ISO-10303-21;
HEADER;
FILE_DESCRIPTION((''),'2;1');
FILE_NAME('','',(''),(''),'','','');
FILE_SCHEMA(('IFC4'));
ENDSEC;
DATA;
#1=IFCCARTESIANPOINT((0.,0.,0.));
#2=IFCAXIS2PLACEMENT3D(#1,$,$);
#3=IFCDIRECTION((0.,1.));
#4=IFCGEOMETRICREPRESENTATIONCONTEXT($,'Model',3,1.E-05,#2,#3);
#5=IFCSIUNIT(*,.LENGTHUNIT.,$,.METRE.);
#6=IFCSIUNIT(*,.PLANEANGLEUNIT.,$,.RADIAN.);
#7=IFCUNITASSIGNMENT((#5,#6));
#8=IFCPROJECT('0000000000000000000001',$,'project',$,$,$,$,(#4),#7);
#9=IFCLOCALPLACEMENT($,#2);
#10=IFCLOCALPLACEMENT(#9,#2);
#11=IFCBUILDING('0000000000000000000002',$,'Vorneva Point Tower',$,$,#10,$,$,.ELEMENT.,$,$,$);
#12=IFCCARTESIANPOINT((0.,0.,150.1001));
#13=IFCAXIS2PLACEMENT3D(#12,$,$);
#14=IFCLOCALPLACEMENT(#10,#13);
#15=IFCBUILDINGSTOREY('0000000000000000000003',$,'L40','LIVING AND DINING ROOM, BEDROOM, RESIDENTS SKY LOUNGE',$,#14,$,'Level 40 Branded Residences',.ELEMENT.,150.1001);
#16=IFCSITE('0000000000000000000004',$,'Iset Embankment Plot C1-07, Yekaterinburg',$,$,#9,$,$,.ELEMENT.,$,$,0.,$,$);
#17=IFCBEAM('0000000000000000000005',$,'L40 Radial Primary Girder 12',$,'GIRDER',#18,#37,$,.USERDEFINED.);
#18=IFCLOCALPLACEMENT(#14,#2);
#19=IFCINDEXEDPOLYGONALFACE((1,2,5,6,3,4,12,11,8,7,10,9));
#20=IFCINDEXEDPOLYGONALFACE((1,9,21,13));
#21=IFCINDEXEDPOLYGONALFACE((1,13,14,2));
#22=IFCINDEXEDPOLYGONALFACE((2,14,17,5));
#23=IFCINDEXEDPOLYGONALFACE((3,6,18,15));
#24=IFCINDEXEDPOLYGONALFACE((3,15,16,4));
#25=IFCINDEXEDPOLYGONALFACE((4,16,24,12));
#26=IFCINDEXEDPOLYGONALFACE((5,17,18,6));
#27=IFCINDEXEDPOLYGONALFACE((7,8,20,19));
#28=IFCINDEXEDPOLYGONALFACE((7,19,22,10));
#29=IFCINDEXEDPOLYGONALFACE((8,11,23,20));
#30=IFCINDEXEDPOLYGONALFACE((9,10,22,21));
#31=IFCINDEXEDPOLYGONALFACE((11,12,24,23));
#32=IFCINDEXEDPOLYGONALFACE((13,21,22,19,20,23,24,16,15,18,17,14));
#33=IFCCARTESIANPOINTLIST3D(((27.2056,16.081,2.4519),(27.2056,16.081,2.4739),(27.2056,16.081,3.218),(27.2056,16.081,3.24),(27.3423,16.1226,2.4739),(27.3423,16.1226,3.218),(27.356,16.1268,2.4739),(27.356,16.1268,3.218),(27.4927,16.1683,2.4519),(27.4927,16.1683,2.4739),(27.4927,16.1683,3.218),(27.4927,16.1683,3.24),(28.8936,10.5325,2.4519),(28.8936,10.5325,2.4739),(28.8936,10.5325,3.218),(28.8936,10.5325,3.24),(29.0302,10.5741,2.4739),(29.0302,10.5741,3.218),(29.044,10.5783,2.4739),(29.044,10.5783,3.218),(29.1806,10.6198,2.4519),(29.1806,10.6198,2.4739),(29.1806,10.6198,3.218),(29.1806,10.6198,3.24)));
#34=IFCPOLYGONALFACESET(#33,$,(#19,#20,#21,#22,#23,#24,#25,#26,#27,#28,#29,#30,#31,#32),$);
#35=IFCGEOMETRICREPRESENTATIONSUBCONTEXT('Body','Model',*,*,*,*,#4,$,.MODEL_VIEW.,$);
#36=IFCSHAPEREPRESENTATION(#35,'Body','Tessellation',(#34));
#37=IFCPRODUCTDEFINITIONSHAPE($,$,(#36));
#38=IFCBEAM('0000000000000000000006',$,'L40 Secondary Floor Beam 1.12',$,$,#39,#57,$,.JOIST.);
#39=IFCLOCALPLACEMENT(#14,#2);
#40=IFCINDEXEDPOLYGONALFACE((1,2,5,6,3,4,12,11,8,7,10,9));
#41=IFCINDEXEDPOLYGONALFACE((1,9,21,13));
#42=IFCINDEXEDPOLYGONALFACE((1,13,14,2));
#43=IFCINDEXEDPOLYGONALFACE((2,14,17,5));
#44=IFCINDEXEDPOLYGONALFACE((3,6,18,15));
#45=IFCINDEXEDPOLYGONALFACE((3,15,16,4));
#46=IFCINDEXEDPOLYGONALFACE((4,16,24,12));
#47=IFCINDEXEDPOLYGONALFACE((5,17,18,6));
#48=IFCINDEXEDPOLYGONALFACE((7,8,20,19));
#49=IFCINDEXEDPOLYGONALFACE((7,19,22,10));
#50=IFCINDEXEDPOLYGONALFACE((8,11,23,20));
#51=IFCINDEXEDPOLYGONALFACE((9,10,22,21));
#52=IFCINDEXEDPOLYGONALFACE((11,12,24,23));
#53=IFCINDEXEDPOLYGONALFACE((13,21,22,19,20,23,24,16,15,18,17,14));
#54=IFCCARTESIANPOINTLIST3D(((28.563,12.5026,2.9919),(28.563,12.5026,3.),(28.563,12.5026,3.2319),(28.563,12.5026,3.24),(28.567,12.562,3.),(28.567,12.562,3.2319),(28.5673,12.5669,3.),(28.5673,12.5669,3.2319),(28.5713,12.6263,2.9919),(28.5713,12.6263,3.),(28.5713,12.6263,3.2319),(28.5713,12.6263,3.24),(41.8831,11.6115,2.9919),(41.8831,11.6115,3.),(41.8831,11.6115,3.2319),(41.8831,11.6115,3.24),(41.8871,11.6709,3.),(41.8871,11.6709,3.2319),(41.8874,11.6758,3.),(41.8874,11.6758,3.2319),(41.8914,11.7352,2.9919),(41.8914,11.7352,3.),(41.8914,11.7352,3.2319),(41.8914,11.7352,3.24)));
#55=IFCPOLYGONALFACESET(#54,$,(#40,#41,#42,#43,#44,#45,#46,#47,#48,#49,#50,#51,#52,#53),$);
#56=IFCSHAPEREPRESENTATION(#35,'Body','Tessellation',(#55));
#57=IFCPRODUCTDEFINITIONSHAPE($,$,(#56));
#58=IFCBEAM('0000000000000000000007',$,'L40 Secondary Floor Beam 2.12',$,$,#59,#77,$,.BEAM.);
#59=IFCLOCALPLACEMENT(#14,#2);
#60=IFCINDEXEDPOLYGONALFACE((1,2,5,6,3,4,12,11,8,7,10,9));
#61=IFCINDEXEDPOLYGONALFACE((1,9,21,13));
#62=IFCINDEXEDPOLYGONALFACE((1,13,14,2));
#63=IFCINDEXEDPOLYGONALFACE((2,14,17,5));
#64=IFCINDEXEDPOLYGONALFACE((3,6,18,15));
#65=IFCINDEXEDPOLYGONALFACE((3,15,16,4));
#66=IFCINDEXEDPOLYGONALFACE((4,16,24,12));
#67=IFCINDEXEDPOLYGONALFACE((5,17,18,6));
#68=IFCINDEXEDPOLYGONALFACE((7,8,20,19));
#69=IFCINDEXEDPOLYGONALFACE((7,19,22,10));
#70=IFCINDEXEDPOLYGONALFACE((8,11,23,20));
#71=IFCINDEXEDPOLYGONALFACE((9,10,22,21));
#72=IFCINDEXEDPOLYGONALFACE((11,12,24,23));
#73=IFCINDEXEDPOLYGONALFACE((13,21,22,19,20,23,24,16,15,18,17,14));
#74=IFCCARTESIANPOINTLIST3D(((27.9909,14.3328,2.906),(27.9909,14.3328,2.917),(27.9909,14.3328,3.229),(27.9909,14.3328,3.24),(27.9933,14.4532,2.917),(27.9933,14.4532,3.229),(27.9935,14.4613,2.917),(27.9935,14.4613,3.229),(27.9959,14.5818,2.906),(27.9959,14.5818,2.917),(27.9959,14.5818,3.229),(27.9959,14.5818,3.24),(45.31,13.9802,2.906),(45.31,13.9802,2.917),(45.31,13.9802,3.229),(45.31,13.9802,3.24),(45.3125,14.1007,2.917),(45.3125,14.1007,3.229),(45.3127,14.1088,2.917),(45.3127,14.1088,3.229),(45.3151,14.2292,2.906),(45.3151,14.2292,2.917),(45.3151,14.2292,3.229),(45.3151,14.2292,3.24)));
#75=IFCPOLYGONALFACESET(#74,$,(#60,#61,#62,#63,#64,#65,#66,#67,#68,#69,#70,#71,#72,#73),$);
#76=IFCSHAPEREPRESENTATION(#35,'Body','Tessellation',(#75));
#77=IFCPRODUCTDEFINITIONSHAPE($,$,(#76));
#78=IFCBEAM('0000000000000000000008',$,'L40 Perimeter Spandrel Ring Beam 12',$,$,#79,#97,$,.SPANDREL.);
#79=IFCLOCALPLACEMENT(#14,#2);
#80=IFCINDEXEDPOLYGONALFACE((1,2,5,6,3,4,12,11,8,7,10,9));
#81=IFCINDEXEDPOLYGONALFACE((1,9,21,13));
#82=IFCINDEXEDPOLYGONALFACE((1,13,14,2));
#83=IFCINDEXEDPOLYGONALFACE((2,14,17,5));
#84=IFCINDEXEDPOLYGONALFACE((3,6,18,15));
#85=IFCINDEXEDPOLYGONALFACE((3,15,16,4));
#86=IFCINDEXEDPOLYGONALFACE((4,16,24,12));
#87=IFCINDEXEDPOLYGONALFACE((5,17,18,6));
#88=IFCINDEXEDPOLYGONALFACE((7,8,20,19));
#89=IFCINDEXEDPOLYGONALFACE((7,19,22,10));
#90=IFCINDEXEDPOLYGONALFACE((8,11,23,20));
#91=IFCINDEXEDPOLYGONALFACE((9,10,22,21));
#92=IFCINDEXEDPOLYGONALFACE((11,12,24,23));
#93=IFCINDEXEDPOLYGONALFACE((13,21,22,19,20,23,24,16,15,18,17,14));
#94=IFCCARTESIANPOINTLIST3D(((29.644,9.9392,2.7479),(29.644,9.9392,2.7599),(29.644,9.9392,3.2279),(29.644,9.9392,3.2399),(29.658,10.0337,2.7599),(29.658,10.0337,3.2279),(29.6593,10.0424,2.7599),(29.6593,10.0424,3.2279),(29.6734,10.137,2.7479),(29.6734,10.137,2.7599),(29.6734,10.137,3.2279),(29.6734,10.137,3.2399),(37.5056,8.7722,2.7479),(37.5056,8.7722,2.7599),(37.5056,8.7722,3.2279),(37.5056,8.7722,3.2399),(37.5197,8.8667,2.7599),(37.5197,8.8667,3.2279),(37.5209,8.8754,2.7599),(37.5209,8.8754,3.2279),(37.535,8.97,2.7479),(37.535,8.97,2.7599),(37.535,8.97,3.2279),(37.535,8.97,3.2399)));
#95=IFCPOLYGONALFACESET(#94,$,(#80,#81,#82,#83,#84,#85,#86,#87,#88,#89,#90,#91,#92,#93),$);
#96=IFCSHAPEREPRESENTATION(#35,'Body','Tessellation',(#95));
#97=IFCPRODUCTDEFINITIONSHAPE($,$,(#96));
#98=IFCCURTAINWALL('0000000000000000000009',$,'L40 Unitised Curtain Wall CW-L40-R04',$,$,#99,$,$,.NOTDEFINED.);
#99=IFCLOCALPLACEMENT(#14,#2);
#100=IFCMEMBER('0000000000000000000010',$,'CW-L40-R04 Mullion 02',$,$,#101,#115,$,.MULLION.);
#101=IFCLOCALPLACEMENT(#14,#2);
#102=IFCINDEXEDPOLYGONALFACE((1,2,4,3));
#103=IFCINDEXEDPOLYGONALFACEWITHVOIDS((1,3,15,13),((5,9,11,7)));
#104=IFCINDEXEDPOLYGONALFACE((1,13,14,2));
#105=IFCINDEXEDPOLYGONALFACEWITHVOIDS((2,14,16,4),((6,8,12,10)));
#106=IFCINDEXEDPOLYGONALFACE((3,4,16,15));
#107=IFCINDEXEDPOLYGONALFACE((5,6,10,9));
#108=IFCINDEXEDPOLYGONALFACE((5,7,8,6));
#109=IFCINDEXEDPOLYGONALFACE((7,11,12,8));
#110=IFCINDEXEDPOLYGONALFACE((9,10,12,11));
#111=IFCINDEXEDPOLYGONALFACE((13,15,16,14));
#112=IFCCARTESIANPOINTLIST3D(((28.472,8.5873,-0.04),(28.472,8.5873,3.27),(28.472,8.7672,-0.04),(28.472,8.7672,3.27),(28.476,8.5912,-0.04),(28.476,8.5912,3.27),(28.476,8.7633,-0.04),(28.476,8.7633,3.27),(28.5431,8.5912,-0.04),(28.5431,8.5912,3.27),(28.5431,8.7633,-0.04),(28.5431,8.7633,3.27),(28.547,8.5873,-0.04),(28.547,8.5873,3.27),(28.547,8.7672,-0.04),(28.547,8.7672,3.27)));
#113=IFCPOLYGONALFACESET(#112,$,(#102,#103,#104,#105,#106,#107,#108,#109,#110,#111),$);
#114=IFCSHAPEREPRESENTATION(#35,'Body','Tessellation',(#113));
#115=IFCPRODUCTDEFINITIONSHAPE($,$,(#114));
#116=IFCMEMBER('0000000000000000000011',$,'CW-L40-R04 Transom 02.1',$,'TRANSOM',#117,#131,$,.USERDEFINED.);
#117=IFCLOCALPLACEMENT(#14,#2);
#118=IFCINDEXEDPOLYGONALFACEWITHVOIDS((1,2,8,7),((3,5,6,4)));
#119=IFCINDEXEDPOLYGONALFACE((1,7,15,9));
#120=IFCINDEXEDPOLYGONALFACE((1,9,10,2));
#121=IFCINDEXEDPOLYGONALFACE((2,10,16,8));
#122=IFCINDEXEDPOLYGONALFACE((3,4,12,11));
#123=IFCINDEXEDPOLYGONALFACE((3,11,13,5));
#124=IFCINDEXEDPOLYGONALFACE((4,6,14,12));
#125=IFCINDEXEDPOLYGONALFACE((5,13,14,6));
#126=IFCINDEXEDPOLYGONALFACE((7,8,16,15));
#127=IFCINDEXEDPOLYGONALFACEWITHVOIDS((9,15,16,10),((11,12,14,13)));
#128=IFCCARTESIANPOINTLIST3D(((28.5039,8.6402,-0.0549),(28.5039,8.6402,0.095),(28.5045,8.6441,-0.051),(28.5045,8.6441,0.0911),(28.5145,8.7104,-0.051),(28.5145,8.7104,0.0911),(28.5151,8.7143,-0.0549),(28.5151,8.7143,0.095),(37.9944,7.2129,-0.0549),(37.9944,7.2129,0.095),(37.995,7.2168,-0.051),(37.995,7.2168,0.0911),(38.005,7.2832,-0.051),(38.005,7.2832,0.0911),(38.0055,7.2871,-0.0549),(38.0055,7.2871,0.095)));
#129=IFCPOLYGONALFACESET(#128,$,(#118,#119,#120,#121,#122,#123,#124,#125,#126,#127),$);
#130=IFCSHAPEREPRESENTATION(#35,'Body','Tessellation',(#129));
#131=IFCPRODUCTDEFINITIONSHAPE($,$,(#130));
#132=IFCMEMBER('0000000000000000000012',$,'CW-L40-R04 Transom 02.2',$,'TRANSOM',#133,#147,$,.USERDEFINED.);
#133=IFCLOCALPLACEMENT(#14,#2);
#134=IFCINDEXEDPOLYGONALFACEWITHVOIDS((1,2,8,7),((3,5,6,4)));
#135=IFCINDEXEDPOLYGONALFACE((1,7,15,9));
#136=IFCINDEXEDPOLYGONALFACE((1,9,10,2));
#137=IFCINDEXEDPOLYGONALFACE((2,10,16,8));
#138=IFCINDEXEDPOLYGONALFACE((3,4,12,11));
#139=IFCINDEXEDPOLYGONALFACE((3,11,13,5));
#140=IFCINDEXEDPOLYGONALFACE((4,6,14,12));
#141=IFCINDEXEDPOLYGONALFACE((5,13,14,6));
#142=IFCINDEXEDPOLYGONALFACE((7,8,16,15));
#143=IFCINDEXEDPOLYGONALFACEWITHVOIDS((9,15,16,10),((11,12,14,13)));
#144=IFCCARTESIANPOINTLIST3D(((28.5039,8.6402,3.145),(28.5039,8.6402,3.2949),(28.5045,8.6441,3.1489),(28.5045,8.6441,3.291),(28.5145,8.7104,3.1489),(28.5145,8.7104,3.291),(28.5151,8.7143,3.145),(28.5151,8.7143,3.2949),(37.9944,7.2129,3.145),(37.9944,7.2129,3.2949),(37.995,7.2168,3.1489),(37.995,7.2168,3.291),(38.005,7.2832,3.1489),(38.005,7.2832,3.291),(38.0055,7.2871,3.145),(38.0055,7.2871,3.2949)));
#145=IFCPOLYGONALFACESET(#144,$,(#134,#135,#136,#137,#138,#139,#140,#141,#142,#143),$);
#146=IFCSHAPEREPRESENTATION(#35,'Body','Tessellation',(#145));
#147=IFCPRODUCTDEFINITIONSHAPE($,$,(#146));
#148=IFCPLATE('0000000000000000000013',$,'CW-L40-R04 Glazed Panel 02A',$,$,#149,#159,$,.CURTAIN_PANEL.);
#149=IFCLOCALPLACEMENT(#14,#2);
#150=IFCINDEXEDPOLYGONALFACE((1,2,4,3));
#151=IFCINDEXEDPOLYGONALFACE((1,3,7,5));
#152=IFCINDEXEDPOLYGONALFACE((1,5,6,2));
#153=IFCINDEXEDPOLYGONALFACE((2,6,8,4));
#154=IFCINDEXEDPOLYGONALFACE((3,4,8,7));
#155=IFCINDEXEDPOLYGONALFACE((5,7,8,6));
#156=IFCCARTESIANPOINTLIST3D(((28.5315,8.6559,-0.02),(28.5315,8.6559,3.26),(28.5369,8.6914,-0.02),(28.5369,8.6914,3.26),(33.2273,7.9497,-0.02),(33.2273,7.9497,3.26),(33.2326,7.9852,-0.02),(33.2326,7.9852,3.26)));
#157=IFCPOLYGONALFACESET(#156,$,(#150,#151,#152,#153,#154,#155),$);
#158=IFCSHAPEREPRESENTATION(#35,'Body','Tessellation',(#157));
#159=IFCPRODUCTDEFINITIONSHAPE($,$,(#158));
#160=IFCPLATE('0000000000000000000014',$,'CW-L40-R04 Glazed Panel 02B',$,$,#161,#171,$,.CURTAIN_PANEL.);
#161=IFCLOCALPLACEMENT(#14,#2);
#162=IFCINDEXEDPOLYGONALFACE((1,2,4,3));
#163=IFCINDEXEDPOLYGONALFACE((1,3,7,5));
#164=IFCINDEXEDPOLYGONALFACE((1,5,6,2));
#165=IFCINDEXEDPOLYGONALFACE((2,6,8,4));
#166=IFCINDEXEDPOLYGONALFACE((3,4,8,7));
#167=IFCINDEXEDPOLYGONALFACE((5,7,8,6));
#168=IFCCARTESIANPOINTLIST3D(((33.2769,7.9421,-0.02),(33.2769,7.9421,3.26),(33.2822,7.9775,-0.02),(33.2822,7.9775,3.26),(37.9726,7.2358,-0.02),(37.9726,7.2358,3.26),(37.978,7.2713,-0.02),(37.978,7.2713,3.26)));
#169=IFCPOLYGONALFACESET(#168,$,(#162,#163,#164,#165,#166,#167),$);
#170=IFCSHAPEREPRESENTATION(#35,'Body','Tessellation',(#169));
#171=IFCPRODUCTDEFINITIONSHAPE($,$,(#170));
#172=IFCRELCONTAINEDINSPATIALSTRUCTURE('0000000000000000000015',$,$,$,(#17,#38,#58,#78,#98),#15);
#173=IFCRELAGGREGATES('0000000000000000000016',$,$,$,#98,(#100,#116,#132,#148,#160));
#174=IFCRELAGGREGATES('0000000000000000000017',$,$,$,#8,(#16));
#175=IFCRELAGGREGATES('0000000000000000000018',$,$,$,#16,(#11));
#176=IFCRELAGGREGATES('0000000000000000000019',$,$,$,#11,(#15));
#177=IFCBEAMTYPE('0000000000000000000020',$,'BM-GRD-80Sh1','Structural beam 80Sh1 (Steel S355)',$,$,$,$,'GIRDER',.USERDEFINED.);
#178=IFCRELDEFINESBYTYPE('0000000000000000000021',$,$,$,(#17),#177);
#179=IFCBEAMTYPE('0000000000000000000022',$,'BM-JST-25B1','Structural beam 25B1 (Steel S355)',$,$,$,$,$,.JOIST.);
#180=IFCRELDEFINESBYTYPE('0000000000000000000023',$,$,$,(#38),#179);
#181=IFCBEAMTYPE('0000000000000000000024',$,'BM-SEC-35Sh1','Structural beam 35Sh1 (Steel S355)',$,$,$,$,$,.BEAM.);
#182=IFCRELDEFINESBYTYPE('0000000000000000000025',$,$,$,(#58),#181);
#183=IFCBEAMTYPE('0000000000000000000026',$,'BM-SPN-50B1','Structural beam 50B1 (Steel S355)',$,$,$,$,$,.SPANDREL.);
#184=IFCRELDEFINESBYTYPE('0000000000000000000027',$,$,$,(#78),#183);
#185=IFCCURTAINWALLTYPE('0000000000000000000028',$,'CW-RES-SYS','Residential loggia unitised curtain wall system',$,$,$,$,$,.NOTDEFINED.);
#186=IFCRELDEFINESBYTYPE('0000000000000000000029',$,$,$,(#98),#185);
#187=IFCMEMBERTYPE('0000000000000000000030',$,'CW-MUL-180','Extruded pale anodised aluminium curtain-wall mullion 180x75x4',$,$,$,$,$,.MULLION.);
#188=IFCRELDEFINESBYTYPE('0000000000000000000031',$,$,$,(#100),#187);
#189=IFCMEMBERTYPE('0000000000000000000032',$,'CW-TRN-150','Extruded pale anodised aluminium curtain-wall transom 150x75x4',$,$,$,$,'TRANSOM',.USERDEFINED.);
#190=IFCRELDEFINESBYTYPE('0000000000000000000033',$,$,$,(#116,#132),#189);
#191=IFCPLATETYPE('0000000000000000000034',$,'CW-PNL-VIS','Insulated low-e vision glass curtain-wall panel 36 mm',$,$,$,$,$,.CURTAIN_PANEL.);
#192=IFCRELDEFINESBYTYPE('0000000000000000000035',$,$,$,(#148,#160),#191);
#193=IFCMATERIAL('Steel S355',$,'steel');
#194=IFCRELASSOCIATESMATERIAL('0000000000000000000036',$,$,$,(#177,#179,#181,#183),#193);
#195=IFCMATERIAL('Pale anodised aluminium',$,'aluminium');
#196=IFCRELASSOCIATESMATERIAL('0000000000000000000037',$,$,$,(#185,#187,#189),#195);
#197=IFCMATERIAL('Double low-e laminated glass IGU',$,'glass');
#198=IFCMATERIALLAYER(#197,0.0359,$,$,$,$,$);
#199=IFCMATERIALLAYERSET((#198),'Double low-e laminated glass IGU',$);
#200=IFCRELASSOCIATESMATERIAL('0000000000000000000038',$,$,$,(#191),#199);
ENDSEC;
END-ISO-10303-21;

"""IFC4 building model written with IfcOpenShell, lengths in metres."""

from ifc_helpers import new_model, si_unit, direction, frame, origin, origin_2d, place, context, subcontext, project, spatial, rectangle, hollow_rectangle, i_section, extrude, material, layer, layer_set, material_profile, profile_set, type_object, element, aggregate, save


model = new_model("IFC4")

# Units and contexts
model_context = context("Model", 3, precision=1e-05, world=origin(), true_north=direction((0.0, 1.0)))
body_context = subcontext(model_context, "Body", "Model", "MODEL_VIEW")
ifc_project = project(units=[si_unit("LENGTHUNIT", "METRE"), si_unit("PLANEANGLEUNIT", "RADIAN")], contexts=[model_context])

# Site, building, storey
site_placement = place(None, origin())
site = spatial("IfcSite", under=ifc_project, at=site_placement, Name="Iset Embankment Plot C1-07, Yekaterinburg", CompositionType="ELEMENT", RefElevation=0.0)
building_placement = place(site_placement, origin())
building = spatial("IfcBuilding", under=site, at=building_placement, Name="Vorneva Point Tower", CompositionType="ELEMENT")
storey_placement = place(building_placement, frame((0.0, 0.0, 150.1001)))
storey = spatial("IfcBuildingStorey", under=building, at=storey_placement, Name="L40", Description="LIVING AND DINING ROOM, BEDROOM, RESIDENTS SKY LOUNGE", LongName="Level 40 Branded Residences", CompositionType="ELEMENT", Elevation=150.1001)

# Beams
ifc_material_1 = material(Name="Steel S355", Category="steel")
ifc_material_profile_1 = material_profile(ifc_material_1, i_section(OverallWidth=0.3, OverallDepth=0.7881, WebThickness=0.0144, FlangeThickness=0.022, at=origin_2d()), Name="80Sh1")
ifc_profile_set_1 = profile_set([ifc_material_profile_1], Name="Steel S355")
beam_type_1 = type_object("IfcBeamType", Name="BM-GRD-80Sh1", Description="Structural beam 80Sh1 (Steel S355)", ElementType="GIRDER", PredefinedType="USERDEFINED", material=ifc_profile_set_1)
beam_1_placement = place(storey_placement, frame((29.0371, 10.5762, 2.8459), z_axis=(-0.291049, 0.956708, 0.0), x_axis=(-0.956708, -0.291049, 0.0)))
element("IfcBeam", 1, at=beam_1_placement, inside=storey, type_object=beam_type_1, Name="L40 Radial Primary Girder 12", ObjectType="GIRDER", PredefinedType="USERDEFINED", context=body_context, shape_type="SweptSolid", body=[
    extrude(i_section(OverallWidth=0.3, OverallDepth=0.7881, WebThickness=0.0144, FlangeThickness=0.022, at=origin_2d()), origin(), (0.0, 0.0, 1.0), 5.7996),
])
ifc_material_profile_2 = material_profile(ifc_material_1, i_section(OverallWidth=0.124, OverallDepth=0.248, WebThickness=0.0049, FlangeThickness=0.0081, at=origin_2d()), Name="25B1")
ifc_profile_set_2 = profile_set([ifc_material_profile_2], Name="Steel S355")
beam_type_2 = type_object("IfcBeamType", Name="BM-JST-25B1", Description="Structural beam 25B1 (Steel S355)", PredefinedType="JOIST", material=ifc_profile_set_2)
beam_2_placement = place(storey_placement, frame((28.5671, 12.5645, 3.116), z_axis=(0.99777, -0.066751, 0.0), x_axis=(0.066751, 0.99777, 0.0)))
element("IfcBeam", 2, at=beam_2_placement, inside=storey, type_object=beam_type_2, Name="L40 Secondary Floor Beam 1.12", PredefinedType="JOIST", context=body_context, shape_type="SweptSolid", body=[
    extrude(i_section(OverallWidth=0.124, OverallDepth=0.248, WebThickness=0.0049, FlangeThickness=0.0081, at=origin_2d()), origin(), (0.0, 0.0, 1.0), 13.3499),
])
ifc_material_profile_3 = material_profile(ifc_material_1, i_section(OverallWidth=0.249, OverallDepth=0.334, WebThickness=0.0081, FlangeThickness=0.011, at=origin_2d()), Name="35Sh1")
ifc_profile_set_3 = profile_set([ifc_material_profile_3], Name="Steel S355")
beam_type_3 = type_object("IfcBeamType", Name="BM-SEC-35Sh1", Description="Structural beam 35Sh1 (Steel S355)", PredefinedType="BEAM", material=ifc_profile_set_3)
beam_3_placement = place(storey_placement, frame((27.9934, 14.4573, 3.073), z_axis=(0.999793, -0.020351, 0.0), x_axis=(0.020351, 0.999793, 0.0)))
element("IfcBeam", 3, at=beam_3_placement, inside=storey, type_object=beam_type_3, Name="L40 Secondary Floor Beam 2.12", PredefinedType="BEAM", context=body_context, shape_type="SweptSolid", body=[
    extrude(i_section(OverallWidth=0.249, OverallDepth=0.334, WebThickness=0.0081, FlangeThickness=0.011, at=origin_2d()), origin(), (0.0, 0.0, 1.0), 17.3228),
])
ifc_material_profile_4 = material_profile(ifc_material_1, i_section(OverallWidth=0.2, OverallDepth=0.4919, WebThickness=0.0088, FlangeThickness=0.012, at=origin_2d()), Name="50B1")
ifc_profile_set_4 = profile_set([ifc_material_profile_4], Name="Steel S355")
beam_type_4 = type_object("IfcBeamType", Name="BM-SPN-50B1", Description="Structural beam 50B1 (Steel S355)", PredefinedType="SPANDREL", material=ifc_profile_set_4)
beam_4_placement = place(storey_placement, frame((29.6587, 10.0381, 2.9939), z_axis=(0.989161, -0.146834, 0.0), x_axis=(0.146834, 0.989161, 0.0)))
element("IfcBeam", 4, at=beam_4_placement, inside=storey, type_object=beam_type_4, Name="L40 Perimeter Spandrel Ring Beam 12", PredefinedType="SPANDREL", context=body_context, shape_type="SweptSolid", body=[
    extrude(i_section(OverallWidth=0.2, OverallDepth=0.4919, WebThickness=0.0088, FlangeThickness=0.012, at=origin_2d()), origin(), (0.0, 0.0, 1.0), 7.9478),
])

# Curtain wall, members, plates
ifc_material_2 = material(Name="Pale anodised aluminium", Category="aluminium")
curtain_wall_type = type_object("IfcCurtainWallType", Name="CW-RES-SYS", Description="Residential loggia unitised curtain wall system", PredefinedType="NOTDEFINED", material=ifc_material_2)
curtain_wall_placement = place(storey_placement, origin())
curtain_wall = element("IfcCurtainWall", 5, at=curtain_wall_placement, inside=storey, type_object=curtain_wall_type, Name="L40 Unitised Curtain Wall CW-L40-R04", PredefinedType="NOTDEFINED")
ifc_material_profile_5 = material_profile(ifc_material_2, hollow_rectangle(XDim=0.075, YDim=0.1799, WallThickness=0.0039, at=origin_2d()), Name="AL-MUL 180x75x4")
ifc_profile_set_5 = profile_set([ifc_material_profile_5], Name="Pale anodised aluminium")
member_type_1 = type_object("IfcMemberType", Name="CW-MUL-180", Description="Extruded pale anodised aluminium curtain-wall mullion 180x75x4", PredefinedType="MULLION", material=ifc_profile_set_5)
member_1_placement = place(storey_placement, frame((28.5095, 8.6772, -0.04), z_axis=(0.0, 0.0, 1.0), x_axis=(1.0, 0.0, 0.0)))
member_1 = element("IfcMember", 6, at=member_1_placement, type_object=member_type_1, Name="CW-L40-R04 Mullion 02", PredefinedType="MULLION", context=body_context, shape_type="SweptSolid", body=[
    extrude(hollow_rectangle(XDim=0.075, YDim=0.1799, WallThickness=0.0039, at=origin_2d()), origin(), (0.0, 0.0, 1.0), 3.3101),
])
ifc_material_profile_6 = material_profile(ifc_material_2, hollow_rectangle(XDim=0.075, YDim=0.1499, WallThickness=0.0039, at=origin_2d()), Name="AL-TRN 150x75x4")
ifc_profile_set_6 = profile_set([ifc_material_profile_6], Name="Pale anodised aluminium")
member_type_2 = type_object("IfcMemberType", Name="CW-TRN-150", Description="Extruded pale anodised aluminium curtain-wall transom 150x75x4", ElementType="TRANSOM", PredefinedType="USERDEFINED", material=ifc_profile_set_6)
member_2_placement = place(storey_placement, frame((28.5095, 8.6772, 0.02), z_axis=(0.98888, -0.148715, 0.0), x_axis=(0.148715, 0.98888, 0.0)))
member_2 = element("IfcMember", 7, at=member_2_placement, type_object=member_type_2, Name="CW-L40-R04 Transom 02.1", ObjectType="TRANSOM", PredefinedType="USERDEFINED", context=body_context, shape_type="SweptSolid", body=[
    extrude(hollow_rectangle(XDim=0.075, YDim=0.1499, WallThickness=0.0039, at=origin_2d()), origin(), (0.0, 0.0, 1.0), 9.5972),
])
member_3_placement = place(storey_placement, frame((28.5095, 8.6772, 3.22), z_axis=(0.98888, -0.148715, 0.0), x_axis=(0.148715, 0.98888, 0.0)))
member_3 = element("IfcMember", 8, at=member_3_placement, type_object=member_type_2, Name="CW-L40-R04 Transom 02.2", ObjectType="TRANSOM", PredefinedType="USERDEFINED", context=body_context, shape_type="SweptSolid", body=[
    extrude(hollow_rectangle(XDim=0.075, YDim=0.1499, WallThickness=0.0039, at=origin_2d()), origin(), (0.0, 0.0, 1.0), 9.5972),
])
ifc_material_3 = material(Name="Double low-e laminated glass IGU", Category="glass")
ifc_layer_1 = layer(ifc_material_3, 0.0359)
ifc_layer_set_1 = layer_set([ifc_layer_1], Name="Double low-e laminated glass IGU")
plate_type = type_object("IfcPlateType", Name="CW-PNL-VIS", Description="Insulated low-e vision glass curtain-wall panel 36 mm", PredefinedType="CURTAIN_PANEL", material=ifc_layer_set_1)
plate_1_placement = place(storey_placement, frame((30.8821, 8.3206, -0.02), z_axis=(0.0, 0.0, 1.0), x_axis=(0.988879, -0.148724, 0.0)))
plate_1 = element("IfcPlate", 9, at=plate_1_placement, type_object=plate_type, Name="CW-L40-R04 Glazed Panel 02A", PredefinedType="CURTAIN_PANEL", context=body_context, shape_type="SweptSolid", body=[
    extrude(rectangle(XDim=4.7485, YDim=0.0359, at=origin_2d()), origin(), (0.0, 0.0, 1.0), 3.28),
])
plate_2_placement = place(storey_placement, frame((35.6274, 7.6067, -0.02), z_axis=(0.0, 0.0, 1.0), x_axis=(0.988879, -0.148724, 0.0)))
plate_2 = element("IfcPlate", 10, at=plate_2_placement, type_object=plate_type, Name="CW-L40-R04 Glazed Panel 02B", PredefinedType="CURTAIN_PANEL", context=body_context, shape_type="SweptSolid", body=[
    extrude(rectangle(XDim=4.7485, YDim=0.0359, at=origin_2d()), origin(), (0.0, 0.0, 1.0), 3.28),
])
aggregate(curtain_wall, [member_1, member_2, member_3, plate_1, plate_2])

save(model, "model.ifc")
